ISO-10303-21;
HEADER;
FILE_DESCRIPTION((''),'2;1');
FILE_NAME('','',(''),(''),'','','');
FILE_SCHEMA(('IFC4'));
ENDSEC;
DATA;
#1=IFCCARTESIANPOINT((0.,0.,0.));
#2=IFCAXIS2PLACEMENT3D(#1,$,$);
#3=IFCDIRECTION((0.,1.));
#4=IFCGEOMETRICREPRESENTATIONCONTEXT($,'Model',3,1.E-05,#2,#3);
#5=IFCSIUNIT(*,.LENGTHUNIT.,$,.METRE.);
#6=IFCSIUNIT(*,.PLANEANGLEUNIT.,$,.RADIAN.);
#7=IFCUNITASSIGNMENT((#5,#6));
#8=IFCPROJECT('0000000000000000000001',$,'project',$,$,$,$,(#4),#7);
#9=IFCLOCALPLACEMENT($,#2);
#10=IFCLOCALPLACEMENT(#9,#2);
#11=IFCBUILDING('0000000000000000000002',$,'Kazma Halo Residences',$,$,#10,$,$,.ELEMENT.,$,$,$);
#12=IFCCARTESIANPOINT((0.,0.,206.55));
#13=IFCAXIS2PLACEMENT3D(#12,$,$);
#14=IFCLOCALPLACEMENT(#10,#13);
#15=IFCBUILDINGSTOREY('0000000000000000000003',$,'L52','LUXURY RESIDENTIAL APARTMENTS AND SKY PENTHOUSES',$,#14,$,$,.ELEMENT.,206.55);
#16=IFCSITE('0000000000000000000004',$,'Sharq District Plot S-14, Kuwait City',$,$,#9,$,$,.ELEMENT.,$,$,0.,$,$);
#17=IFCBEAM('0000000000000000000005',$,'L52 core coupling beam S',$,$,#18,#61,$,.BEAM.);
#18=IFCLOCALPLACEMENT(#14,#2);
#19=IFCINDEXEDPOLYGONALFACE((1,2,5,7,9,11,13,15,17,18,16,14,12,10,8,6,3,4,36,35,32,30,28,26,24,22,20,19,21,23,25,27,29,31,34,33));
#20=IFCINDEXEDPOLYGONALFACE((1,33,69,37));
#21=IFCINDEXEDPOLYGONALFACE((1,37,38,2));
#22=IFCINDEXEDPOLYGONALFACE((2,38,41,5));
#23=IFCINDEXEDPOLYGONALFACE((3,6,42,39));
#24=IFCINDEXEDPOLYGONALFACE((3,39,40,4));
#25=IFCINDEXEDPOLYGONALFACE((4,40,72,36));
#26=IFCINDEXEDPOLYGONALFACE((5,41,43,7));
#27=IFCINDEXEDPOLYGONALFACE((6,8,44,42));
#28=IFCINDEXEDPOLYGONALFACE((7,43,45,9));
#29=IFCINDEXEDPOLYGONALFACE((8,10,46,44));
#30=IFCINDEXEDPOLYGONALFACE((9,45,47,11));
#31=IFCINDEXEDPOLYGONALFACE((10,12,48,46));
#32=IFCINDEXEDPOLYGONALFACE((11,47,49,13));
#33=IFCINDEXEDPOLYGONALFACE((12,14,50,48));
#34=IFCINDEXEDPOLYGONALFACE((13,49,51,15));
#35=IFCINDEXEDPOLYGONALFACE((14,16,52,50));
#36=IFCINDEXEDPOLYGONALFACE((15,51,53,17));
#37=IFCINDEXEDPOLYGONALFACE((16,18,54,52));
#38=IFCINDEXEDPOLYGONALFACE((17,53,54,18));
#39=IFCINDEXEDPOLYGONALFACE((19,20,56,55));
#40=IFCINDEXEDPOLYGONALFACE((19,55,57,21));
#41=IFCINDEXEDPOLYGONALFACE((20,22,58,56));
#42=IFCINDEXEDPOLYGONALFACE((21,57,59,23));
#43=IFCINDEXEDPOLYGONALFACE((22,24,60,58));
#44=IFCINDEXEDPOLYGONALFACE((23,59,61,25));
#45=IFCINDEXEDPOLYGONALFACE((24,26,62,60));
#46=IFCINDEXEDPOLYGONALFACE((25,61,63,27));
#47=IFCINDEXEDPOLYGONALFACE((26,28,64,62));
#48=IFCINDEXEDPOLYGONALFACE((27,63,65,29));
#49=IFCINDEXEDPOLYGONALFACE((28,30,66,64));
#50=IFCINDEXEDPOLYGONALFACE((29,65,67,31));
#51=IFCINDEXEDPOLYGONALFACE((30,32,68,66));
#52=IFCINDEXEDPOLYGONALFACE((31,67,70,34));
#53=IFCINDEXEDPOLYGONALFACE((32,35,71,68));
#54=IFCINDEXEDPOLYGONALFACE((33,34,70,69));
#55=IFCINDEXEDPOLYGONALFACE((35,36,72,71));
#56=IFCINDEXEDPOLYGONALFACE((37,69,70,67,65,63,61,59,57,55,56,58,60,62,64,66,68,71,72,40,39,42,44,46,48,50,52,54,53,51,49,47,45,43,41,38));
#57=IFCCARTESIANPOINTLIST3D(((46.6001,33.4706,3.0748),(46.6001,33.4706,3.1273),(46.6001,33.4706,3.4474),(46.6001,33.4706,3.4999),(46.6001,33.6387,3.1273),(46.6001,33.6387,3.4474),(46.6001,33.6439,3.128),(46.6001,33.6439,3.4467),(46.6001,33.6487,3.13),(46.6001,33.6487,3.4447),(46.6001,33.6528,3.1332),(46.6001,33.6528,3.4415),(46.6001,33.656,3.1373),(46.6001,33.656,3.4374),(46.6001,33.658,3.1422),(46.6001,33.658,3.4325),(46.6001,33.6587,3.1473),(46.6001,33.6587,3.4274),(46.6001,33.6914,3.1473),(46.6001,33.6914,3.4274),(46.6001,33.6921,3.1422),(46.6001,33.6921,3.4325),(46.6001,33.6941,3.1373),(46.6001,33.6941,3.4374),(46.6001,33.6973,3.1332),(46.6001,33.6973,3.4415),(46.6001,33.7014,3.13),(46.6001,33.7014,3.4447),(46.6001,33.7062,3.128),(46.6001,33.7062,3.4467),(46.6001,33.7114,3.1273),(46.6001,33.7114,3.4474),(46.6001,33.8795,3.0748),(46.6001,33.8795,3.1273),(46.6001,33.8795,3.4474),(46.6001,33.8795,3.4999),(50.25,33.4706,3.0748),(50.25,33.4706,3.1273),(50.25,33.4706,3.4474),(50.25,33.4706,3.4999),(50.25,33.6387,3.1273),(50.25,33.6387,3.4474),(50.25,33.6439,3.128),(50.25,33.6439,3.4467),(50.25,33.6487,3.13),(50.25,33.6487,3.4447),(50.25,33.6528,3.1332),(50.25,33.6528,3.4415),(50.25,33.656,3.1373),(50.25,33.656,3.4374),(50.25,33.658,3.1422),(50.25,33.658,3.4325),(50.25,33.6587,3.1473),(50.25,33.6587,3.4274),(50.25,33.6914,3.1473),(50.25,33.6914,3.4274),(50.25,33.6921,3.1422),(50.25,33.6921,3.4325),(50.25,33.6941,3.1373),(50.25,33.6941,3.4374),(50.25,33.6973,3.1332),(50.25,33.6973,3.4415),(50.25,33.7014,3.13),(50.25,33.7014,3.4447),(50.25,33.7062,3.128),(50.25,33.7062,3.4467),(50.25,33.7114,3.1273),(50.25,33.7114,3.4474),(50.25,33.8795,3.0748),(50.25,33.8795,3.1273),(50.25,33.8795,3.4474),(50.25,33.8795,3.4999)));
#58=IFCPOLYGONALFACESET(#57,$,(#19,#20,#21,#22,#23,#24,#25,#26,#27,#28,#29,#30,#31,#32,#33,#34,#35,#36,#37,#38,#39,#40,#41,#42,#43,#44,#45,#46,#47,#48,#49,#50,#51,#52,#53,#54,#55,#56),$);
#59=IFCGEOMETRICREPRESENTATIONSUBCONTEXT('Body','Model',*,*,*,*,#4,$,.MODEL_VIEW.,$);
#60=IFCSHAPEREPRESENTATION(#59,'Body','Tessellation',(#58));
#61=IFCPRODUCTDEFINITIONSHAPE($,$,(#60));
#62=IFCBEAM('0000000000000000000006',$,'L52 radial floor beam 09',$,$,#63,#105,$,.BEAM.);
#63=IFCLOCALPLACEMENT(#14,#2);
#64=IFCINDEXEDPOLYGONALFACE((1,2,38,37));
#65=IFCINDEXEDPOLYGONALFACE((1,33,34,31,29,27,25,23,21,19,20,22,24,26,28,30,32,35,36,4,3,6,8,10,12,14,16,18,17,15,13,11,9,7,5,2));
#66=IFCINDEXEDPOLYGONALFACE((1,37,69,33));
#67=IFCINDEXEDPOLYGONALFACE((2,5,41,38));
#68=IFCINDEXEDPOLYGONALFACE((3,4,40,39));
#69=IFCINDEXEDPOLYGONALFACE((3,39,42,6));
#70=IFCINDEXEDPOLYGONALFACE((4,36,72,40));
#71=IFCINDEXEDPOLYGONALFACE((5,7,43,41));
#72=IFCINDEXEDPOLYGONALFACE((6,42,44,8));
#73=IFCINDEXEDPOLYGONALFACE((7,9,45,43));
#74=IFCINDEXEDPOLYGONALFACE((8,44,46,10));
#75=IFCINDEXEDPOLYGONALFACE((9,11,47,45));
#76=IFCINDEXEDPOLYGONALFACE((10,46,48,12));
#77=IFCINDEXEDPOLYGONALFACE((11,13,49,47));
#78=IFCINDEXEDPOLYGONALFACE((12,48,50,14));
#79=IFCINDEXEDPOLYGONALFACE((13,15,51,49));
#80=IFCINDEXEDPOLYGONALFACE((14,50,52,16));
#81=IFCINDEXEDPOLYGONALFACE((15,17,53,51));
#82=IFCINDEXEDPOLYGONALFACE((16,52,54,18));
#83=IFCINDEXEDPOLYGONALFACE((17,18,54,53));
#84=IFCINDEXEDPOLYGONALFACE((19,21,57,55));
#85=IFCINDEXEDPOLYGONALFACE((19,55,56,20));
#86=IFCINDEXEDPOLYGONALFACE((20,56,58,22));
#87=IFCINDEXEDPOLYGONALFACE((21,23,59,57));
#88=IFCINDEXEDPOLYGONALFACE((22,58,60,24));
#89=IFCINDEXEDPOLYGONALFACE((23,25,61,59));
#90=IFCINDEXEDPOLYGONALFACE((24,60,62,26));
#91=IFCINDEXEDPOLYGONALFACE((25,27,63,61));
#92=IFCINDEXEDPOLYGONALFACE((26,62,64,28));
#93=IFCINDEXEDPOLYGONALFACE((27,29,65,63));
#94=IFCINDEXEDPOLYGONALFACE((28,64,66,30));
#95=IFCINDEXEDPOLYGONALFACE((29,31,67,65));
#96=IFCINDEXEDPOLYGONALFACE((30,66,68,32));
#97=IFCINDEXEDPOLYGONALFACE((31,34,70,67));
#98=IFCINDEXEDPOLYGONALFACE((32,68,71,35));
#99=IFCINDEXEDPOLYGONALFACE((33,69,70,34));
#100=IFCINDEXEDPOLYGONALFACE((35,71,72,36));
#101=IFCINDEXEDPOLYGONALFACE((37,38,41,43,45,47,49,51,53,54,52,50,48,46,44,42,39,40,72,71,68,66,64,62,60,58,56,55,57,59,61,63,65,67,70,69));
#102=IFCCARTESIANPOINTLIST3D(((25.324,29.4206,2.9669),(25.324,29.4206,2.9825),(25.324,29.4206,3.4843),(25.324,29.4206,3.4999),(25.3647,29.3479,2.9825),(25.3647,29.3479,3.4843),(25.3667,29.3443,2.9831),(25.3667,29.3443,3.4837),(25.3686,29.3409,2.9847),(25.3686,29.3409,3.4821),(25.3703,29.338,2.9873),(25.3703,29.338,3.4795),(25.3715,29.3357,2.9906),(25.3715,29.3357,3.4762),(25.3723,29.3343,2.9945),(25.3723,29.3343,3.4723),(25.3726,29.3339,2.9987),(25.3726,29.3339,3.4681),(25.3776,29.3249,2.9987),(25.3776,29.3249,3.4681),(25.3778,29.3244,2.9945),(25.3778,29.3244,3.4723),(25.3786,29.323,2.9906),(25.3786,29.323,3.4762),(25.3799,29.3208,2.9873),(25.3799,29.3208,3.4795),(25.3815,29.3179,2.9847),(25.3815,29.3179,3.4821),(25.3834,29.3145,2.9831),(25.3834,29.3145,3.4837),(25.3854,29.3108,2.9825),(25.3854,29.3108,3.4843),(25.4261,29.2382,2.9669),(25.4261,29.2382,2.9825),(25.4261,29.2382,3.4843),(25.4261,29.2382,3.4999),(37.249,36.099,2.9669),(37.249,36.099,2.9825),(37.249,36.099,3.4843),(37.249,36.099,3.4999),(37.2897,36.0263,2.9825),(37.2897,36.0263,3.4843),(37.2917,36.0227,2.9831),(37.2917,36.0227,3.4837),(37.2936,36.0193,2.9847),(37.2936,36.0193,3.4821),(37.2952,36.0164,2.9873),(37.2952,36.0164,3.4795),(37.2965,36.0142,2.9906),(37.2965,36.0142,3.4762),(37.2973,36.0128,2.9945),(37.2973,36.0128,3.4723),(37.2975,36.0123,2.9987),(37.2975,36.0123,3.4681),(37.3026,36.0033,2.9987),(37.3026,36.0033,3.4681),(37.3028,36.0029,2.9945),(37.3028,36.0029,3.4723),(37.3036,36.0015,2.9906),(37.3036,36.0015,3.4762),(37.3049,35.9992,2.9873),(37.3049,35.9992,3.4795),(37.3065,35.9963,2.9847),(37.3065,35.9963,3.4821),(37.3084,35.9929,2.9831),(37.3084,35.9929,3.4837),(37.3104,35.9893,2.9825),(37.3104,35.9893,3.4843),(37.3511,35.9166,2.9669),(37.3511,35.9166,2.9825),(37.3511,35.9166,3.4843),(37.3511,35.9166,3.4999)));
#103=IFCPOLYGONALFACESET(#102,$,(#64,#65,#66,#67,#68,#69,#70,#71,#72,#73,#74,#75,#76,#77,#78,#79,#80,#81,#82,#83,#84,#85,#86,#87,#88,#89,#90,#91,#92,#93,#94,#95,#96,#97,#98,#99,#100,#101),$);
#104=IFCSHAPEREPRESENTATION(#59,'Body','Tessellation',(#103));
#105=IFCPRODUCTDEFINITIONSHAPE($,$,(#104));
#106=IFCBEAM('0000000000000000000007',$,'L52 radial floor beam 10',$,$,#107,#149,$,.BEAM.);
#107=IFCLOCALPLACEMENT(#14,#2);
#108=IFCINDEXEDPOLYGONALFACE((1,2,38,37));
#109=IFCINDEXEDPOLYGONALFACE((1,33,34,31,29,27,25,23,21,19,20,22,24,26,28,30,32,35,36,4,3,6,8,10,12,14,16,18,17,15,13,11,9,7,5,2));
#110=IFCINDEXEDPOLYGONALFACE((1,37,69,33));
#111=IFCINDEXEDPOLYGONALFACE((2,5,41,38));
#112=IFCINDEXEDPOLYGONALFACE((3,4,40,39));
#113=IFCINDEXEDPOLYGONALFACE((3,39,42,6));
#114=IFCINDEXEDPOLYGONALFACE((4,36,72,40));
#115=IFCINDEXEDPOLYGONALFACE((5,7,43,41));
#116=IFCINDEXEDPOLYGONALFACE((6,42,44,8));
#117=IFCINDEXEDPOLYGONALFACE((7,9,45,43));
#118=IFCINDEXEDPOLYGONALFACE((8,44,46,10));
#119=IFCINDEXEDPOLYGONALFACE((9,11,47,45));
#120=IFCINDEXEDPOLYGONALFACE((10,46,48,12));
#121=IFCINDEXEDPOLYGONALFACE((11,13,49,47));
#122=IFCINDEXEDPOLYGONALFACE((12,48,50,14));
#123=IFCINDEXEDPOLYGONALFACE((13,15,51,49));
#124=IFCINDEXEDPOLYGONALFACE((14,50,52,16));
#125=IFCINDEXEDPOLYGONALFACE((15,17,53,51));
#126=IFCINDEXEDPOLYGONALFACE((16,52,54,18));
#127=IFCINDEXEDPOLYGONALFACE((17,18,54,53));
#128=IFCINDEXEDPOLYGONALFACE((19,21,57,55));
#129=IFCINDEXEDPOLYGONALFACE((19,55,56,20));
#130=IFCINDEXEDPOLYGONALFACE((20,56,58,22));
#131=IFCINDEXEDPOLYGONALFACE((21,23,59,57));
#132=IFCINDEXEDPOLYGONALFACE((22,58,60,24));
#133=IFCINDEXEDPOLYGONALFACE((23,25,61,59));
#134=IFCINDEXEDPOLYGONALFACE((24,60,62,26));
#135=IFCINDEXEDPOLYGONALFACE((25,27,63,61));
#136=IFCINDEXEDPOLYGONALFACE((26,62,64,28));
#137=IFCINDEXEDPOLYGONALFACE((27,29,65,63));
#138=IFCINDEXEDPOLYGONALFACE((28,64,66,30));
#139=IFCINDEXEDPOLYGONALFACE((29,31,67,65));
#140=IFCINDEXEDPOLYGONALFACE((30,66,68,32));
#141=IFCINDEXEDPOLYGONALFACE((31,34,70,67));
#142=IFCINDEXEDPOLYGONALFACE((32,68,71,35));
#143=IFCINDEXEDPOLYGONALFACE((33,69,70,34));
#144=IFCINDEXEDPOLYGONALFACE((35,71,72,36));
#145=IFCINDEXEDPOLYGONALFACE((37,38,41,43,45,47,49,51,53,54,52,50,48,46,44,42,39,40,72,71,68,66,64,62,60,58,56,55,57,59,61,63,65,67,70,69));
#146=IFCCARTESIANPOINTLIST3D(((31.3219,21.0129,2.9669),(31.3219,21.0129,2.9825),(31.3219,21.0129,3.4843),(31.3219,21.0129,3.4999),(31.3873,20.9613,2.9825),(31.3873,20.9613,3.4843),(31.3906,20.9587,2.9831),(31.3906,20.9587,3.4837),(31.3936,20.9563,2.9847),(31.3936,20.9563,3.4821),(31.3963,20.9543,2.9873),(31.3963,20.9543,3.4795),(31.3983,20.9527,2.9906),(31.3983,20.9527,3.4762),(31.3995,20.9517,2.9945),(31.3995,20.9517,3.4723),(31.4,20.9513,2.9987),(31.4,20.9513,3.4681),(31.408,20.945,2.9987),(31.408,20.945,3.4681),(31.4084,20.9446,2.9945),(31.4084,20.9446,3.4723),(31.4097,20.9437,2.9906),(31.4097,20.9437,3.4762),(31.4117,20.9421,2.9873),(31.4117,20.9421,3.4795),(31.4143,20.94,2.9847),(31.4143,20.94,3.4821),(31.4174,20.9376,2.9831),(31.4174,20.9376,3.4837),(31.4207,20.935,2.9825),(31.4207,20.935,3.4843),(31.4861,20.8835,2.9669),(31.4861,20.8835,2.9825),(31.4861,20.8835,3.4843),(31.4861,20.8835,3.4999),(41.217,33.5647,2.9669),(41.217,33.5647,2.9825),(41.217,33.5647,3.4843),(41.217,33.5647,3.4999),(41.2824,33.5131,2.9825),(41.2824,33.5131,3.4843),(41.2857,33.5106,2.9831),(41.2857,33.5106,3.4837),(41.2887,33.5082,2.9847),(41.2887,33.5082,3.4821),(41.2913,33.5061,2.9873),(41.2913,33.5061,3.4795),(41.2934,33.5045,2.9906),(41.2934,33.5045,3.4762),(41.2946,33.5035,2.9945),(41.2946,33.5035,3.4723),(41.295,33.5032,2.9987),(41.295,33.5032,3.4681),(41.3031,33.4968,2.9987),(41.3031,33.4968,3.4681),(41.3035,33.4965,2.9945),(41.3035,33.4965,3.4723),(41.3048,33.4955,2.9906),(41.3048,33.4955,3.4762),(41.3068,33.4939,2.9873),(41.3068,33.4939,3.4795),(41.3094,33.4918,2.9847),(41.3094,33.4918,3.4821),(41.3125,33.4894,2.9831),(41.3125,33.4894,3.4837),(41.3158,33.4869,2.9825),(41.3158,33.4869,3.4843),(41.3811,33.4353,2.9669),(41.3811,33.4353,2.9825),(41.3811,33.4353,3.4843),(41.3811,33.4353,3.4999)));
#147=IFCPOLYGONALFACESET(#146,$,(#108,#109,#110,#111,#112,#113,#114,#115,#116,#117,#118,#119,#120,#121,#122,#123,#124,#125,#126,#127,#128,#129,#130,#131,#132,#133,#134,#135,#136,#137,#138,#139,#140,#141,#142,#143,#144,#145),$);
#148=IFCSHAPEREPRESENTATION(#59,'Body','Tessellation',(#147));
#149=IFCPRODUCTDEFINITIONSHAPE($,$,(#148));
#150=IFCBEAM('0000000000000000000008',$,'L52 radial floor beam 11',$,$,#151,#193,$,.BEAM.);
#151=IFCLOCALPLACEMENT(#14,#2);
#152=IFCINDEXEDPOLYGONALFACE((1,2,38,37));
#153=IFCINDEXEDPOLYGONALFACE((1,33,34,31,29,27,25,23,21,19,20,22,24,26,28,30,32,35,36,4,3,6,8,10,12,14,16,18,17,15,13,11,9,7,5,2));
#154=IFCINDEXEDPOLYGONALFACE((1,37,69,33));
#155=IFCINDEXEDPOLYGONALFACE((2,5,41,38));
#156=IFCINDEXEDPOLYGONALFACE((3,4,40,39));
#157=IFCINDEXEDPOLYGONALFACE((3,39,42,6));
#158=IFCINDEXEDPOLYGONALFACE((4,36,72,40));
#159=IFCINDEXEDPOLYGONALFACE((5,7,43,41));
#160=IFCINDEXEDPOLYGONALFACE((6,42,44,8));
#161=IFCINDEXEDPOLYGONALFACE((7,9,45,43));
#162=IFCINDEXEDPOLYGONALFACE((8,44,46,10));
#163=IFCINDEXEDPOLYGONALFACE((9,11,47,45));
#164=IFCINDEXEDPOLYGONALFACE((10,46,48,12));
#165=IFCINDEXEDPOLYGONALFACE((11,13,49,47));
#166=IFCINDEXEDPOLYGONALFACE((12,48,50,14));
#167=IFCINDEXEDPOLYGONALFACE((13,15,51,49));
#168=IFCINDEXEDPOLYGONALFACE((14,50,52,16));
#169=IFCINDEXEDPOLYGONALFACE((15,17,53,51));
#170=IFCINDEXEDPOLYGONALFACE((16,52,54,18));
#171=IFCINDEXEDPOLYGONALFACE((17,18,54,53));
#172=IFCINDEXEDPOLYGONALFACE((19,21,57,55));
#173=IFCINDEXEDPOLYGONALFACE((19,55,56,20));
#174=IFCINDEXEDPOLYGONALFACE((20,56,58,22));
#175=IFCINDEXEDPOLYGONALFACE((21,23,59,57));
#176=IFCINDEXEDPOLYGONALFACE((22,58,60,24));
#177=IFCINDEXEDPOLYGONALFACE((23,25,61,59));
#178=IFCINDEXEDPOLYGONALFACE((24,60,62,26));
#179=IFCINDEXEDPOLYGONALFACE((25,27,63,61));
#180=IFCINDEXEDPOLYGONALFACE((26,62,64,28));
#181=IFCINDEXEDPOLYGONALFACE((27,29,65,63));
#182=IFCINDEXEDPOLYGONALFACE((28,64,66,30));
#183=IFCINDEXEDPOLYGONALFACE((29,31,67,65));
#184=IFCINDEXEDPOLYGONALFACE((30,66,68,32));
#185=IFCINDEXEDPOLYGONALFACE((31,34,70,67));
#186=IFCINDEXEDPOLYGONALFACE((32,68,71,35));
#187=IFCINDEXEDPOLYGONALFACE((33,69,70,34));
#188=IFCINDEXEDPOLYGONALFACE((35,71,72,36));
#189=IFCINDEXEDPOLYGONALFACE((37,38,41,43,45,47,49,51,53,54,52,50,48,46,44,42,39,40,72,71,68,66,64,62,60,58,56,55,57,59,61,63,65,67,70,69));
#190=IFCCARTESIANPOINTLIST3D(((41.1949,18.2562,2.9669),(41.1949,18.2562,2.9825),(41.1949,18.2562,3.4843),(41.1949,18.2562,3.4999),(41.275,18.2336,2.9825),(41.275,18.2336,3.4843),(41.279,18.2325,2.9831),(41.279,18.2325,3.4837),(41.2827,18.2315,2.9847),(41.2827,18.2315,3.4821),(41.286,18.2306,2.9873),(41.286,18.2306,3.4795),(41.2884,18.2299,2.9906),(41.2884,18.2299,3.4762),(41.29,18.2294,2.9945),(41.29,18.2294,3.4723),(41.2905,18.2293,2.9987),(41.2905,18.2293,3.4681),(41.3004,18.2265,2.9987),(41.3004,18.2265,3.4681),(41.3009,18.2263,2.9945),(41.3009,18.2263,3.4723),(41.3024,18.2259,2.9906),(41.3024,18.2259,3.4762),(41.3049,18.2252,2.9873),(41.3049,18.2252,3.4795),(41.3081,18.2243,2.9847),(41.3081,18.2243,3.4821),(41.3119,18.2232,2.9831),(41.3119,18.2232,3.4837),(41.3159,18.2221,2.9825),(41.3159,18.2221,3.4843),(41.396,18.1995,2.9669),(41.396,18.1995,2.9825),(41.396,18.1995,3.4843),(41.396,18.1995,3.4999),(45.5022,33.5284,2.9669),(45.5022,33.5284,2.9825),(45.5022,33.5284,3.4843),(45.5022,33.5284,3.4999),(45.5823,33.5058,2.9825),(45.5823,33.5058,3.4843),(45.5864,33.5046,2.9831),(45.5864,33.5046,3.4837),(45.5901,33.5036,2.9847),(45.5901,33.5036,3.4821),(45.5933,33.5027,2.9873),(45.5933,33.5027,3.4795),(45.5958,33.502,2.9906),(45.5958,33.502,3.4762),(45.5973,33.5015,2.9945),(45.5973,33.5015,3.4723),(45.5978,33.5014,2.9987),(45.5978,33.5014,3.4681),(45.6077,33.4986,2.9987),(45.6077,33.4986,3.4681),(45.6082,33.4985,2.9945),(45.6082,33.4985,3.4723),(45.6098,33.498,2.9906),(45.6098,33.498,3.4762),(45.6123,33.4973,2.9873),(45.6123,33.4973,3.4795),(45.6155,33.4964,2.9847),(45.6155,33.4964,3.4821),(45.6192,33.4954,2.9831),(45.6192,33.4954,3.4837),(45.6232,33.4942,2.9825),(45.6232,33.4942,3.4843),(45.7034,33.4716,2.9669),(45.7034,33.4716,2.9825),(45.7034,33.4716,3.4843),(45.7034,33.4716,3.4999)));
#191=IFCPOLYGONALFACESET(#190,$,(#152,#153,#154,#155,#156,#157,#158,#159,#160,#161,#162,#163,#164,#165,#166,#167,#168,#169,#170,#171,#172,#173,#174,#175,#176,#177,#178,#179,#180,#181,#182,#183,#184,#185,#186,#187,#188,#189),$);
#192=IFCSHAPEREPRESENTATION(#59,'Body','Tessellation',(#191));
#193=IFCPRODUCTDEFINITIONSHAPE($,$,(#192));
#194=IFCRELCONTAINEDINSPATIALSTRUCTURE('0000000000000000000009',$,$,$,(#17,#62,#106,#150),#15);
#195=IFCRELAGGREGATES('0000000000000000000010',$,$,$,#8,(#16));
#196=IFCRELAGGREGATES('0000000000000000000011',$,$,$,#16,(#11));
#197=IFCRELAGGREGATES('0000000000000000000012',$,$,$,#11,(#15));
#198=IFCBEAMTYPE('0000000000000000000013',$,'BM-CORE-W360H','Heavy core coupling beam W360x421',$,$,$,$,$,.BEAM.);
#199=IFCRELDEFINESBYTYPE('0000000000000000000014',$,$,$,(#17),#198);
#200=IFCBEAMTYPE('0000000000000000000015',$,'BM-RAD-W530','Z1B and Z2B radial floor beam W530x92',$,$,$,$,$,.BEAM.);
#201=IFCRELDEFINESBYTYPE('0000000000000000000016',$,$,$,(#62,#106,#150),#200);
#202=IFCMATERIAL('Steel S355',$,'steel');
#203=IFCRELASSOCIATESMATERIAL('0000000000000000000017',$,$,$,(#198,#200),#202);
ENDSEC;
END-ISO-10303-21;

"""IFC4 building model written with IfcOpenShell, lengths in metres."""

from ifc_helpers import new_model, si_unit, direction, frame, origin, origin_2d, place, context, subcontext, project, spatial, i_section, extrude, material, material_profile, profile_set, type_object, element, save


model = new_model("IFC4")

# Units and contexts
model_context = context("Model", 3, precision=1e-05, world=origin(), true_north=direction((0.0, 1.0)))
body_context = subcontext(model_context, "Body", "Model", "MODEL_VIEW")
ifc_project = project(units=[si_unit("LENGTHUNIT", "METRE"), si_unit("PLANEANGLEUNIT", "RADIAN")], contexts=[model_context])

# Site, building, storey
site_placement = place(None, origin())
site = spatial("IfcSite", under=ifc_project, at=site_placement, Name="Sharq District Plot S-14, Kuwait City", CompositionType="ELEMENT", RefElevation=0.0)
building_placement = place(site_placement, origin())
building = spatial("IfcBuilding", under=site, at=building_placement, Name="Kazma Halo Residences", CompositionType="ELEMENT")
storey_placement = place(building_placement, frame((0.0, 0.0, 206.55)))
storey = spatial("IfcBuildingStorey", under=building, at=storey_placement, Name="L52", Description="LUXURY RESIDENTIAL APARTMENTS AND SKY PENTHOUSES", CompositionType="ELEMENT", Elevation=206.55)

# Beams
ifc_material_1 = material(Name="Steel S355", Category="steel")
ifc_material_profile_1 = material_profile(ifc_material_1, i_section(OverallWidth=0.4089, OverallDepth=0.425, WebThickness=0.0327, FlangeThickness=0.0525, FilletRadius=0.02, at=origin_2d()), Name="W360x421")
ifc_profile_set_1 = profile_set([ifc_material_profile_1], Name="Steel S355")
beam_type_1 = type_object("IfcBeamType", Name="BM-CORE-W360H", Description="Heavy core coupling beam W360x421", PredefinedType="BEAM", material=ifc_profile_set_1)
beam_1_placement = place(storey_placement, frame((46.6001, 33.675, 3.2874), z_axis=(1.0, 0.0, 0.0), x_axis=(0.0, 1.0, 0.0)))
element("IfcBeam", 1, at=beam_1_placement, inside=storey, type_object=beam_type_1, Name="L52 core coupling beam S", PredefinedType="BEAM", context=body_context, shape_type="SweptSolid", body=[
    extrude(i_section(OverallWidth=0.4089, OverallDepth=0.425, WebThickness=0.0327, FlangeThickness=0.0525, FilletRadius=0.02, at=origin_2d()), origin(), (0.0, 0.0, 1.0), 3.6499),
])
ifc_material_profile_2 = material_profile(ifc_material_1, i_section(OverallWidth=0.209, OverallDepth=0.533, WebThickness=0.0103, FlangeThickness=0.0156, FilletRadius=0.0161, at=origin_2d()), Name="W530x92")
ifc_profile_set_2 = profile_set([ifc_material_profile_2], Name="Steel S355")
beam_type_2 = type_object("IfcBeamType", Name="BM-RAD-W530", Description="Z1B and Z2B radial floor beam W530x92", PredefinedType="BEAM", material=ifc_profile_set_2)
beam_2_placement = place(storey_placement, frame((37.3, 36.0078, 3.2334), z_axis=(-0.872492, -0.488628, 0.0), x_axis=(0.488628, -0.872492, 0.0)))
element("IfcBeam", 2, at=beam_2_placement, inside=storey, type_object=beam_type_2, Name="L52 radial floor beam 09", PredefinedType="BEAM", context=body_context, shape_type="SweptSolid", body=[
    extrude(i_section(OverallWidth=0.209, OverallDepth=0.533, WebThickness=0.0103, FlangeThickness=0.0156, FilletRadius=0.0161, at=origin_2d()), origin(), (0.0, 0.0, 1.0), 13.6677),
])
beam_3_placement = place(storey_placement, frame((41.2991, 33.5, 3.2334), z_axis=(-0.619094, -0.785317, 0.0), x_axis=(0.785317, -0.619094, 0.0)))
element("IfcBeam", 3, at=beam_3_placement, inside=storey, type_object=beam_type_2, Name="L52 radial floor beam 10", PredefinedType="BEAM", context=body_context, shape_type="SweptSolid", body=[
    extrude(i_section(OverallWidth=0.209, OverallDepth=0.533, WebThickness=0.0103, FlangeThickness=0.0156, FilletRadius=0.0161, at=origin_2d()), origin(), (0.0, 0.0, 1.0), 15.9832),
])
beam_4_placement = place(storey_placement, frame((45.6028, 33.5, 3.2334), z_axis=(-0.27145, -0.962453, 0.0), x_axis=(0.962453, -0.27145, 0.0)))
element("IfcBeam", 4, at=beam_4_placement, inside=storey, type_object=beam_type_2, Name="L52 radial floor beam 11", PredefinedType="BEAM", context=body_context, shape_type="SweptSolid", body=[
    extrude(i_section(OverallWidth=0.209, OverallDepth=0.533, WebThickness=0.0103, FlangeThickness=0.0156, FilletRadius=0.0161, at=origin_2d()), origin(), (0.0, 0.0, 1.0), 15.8679),
])

save(model, "model.ifc")
